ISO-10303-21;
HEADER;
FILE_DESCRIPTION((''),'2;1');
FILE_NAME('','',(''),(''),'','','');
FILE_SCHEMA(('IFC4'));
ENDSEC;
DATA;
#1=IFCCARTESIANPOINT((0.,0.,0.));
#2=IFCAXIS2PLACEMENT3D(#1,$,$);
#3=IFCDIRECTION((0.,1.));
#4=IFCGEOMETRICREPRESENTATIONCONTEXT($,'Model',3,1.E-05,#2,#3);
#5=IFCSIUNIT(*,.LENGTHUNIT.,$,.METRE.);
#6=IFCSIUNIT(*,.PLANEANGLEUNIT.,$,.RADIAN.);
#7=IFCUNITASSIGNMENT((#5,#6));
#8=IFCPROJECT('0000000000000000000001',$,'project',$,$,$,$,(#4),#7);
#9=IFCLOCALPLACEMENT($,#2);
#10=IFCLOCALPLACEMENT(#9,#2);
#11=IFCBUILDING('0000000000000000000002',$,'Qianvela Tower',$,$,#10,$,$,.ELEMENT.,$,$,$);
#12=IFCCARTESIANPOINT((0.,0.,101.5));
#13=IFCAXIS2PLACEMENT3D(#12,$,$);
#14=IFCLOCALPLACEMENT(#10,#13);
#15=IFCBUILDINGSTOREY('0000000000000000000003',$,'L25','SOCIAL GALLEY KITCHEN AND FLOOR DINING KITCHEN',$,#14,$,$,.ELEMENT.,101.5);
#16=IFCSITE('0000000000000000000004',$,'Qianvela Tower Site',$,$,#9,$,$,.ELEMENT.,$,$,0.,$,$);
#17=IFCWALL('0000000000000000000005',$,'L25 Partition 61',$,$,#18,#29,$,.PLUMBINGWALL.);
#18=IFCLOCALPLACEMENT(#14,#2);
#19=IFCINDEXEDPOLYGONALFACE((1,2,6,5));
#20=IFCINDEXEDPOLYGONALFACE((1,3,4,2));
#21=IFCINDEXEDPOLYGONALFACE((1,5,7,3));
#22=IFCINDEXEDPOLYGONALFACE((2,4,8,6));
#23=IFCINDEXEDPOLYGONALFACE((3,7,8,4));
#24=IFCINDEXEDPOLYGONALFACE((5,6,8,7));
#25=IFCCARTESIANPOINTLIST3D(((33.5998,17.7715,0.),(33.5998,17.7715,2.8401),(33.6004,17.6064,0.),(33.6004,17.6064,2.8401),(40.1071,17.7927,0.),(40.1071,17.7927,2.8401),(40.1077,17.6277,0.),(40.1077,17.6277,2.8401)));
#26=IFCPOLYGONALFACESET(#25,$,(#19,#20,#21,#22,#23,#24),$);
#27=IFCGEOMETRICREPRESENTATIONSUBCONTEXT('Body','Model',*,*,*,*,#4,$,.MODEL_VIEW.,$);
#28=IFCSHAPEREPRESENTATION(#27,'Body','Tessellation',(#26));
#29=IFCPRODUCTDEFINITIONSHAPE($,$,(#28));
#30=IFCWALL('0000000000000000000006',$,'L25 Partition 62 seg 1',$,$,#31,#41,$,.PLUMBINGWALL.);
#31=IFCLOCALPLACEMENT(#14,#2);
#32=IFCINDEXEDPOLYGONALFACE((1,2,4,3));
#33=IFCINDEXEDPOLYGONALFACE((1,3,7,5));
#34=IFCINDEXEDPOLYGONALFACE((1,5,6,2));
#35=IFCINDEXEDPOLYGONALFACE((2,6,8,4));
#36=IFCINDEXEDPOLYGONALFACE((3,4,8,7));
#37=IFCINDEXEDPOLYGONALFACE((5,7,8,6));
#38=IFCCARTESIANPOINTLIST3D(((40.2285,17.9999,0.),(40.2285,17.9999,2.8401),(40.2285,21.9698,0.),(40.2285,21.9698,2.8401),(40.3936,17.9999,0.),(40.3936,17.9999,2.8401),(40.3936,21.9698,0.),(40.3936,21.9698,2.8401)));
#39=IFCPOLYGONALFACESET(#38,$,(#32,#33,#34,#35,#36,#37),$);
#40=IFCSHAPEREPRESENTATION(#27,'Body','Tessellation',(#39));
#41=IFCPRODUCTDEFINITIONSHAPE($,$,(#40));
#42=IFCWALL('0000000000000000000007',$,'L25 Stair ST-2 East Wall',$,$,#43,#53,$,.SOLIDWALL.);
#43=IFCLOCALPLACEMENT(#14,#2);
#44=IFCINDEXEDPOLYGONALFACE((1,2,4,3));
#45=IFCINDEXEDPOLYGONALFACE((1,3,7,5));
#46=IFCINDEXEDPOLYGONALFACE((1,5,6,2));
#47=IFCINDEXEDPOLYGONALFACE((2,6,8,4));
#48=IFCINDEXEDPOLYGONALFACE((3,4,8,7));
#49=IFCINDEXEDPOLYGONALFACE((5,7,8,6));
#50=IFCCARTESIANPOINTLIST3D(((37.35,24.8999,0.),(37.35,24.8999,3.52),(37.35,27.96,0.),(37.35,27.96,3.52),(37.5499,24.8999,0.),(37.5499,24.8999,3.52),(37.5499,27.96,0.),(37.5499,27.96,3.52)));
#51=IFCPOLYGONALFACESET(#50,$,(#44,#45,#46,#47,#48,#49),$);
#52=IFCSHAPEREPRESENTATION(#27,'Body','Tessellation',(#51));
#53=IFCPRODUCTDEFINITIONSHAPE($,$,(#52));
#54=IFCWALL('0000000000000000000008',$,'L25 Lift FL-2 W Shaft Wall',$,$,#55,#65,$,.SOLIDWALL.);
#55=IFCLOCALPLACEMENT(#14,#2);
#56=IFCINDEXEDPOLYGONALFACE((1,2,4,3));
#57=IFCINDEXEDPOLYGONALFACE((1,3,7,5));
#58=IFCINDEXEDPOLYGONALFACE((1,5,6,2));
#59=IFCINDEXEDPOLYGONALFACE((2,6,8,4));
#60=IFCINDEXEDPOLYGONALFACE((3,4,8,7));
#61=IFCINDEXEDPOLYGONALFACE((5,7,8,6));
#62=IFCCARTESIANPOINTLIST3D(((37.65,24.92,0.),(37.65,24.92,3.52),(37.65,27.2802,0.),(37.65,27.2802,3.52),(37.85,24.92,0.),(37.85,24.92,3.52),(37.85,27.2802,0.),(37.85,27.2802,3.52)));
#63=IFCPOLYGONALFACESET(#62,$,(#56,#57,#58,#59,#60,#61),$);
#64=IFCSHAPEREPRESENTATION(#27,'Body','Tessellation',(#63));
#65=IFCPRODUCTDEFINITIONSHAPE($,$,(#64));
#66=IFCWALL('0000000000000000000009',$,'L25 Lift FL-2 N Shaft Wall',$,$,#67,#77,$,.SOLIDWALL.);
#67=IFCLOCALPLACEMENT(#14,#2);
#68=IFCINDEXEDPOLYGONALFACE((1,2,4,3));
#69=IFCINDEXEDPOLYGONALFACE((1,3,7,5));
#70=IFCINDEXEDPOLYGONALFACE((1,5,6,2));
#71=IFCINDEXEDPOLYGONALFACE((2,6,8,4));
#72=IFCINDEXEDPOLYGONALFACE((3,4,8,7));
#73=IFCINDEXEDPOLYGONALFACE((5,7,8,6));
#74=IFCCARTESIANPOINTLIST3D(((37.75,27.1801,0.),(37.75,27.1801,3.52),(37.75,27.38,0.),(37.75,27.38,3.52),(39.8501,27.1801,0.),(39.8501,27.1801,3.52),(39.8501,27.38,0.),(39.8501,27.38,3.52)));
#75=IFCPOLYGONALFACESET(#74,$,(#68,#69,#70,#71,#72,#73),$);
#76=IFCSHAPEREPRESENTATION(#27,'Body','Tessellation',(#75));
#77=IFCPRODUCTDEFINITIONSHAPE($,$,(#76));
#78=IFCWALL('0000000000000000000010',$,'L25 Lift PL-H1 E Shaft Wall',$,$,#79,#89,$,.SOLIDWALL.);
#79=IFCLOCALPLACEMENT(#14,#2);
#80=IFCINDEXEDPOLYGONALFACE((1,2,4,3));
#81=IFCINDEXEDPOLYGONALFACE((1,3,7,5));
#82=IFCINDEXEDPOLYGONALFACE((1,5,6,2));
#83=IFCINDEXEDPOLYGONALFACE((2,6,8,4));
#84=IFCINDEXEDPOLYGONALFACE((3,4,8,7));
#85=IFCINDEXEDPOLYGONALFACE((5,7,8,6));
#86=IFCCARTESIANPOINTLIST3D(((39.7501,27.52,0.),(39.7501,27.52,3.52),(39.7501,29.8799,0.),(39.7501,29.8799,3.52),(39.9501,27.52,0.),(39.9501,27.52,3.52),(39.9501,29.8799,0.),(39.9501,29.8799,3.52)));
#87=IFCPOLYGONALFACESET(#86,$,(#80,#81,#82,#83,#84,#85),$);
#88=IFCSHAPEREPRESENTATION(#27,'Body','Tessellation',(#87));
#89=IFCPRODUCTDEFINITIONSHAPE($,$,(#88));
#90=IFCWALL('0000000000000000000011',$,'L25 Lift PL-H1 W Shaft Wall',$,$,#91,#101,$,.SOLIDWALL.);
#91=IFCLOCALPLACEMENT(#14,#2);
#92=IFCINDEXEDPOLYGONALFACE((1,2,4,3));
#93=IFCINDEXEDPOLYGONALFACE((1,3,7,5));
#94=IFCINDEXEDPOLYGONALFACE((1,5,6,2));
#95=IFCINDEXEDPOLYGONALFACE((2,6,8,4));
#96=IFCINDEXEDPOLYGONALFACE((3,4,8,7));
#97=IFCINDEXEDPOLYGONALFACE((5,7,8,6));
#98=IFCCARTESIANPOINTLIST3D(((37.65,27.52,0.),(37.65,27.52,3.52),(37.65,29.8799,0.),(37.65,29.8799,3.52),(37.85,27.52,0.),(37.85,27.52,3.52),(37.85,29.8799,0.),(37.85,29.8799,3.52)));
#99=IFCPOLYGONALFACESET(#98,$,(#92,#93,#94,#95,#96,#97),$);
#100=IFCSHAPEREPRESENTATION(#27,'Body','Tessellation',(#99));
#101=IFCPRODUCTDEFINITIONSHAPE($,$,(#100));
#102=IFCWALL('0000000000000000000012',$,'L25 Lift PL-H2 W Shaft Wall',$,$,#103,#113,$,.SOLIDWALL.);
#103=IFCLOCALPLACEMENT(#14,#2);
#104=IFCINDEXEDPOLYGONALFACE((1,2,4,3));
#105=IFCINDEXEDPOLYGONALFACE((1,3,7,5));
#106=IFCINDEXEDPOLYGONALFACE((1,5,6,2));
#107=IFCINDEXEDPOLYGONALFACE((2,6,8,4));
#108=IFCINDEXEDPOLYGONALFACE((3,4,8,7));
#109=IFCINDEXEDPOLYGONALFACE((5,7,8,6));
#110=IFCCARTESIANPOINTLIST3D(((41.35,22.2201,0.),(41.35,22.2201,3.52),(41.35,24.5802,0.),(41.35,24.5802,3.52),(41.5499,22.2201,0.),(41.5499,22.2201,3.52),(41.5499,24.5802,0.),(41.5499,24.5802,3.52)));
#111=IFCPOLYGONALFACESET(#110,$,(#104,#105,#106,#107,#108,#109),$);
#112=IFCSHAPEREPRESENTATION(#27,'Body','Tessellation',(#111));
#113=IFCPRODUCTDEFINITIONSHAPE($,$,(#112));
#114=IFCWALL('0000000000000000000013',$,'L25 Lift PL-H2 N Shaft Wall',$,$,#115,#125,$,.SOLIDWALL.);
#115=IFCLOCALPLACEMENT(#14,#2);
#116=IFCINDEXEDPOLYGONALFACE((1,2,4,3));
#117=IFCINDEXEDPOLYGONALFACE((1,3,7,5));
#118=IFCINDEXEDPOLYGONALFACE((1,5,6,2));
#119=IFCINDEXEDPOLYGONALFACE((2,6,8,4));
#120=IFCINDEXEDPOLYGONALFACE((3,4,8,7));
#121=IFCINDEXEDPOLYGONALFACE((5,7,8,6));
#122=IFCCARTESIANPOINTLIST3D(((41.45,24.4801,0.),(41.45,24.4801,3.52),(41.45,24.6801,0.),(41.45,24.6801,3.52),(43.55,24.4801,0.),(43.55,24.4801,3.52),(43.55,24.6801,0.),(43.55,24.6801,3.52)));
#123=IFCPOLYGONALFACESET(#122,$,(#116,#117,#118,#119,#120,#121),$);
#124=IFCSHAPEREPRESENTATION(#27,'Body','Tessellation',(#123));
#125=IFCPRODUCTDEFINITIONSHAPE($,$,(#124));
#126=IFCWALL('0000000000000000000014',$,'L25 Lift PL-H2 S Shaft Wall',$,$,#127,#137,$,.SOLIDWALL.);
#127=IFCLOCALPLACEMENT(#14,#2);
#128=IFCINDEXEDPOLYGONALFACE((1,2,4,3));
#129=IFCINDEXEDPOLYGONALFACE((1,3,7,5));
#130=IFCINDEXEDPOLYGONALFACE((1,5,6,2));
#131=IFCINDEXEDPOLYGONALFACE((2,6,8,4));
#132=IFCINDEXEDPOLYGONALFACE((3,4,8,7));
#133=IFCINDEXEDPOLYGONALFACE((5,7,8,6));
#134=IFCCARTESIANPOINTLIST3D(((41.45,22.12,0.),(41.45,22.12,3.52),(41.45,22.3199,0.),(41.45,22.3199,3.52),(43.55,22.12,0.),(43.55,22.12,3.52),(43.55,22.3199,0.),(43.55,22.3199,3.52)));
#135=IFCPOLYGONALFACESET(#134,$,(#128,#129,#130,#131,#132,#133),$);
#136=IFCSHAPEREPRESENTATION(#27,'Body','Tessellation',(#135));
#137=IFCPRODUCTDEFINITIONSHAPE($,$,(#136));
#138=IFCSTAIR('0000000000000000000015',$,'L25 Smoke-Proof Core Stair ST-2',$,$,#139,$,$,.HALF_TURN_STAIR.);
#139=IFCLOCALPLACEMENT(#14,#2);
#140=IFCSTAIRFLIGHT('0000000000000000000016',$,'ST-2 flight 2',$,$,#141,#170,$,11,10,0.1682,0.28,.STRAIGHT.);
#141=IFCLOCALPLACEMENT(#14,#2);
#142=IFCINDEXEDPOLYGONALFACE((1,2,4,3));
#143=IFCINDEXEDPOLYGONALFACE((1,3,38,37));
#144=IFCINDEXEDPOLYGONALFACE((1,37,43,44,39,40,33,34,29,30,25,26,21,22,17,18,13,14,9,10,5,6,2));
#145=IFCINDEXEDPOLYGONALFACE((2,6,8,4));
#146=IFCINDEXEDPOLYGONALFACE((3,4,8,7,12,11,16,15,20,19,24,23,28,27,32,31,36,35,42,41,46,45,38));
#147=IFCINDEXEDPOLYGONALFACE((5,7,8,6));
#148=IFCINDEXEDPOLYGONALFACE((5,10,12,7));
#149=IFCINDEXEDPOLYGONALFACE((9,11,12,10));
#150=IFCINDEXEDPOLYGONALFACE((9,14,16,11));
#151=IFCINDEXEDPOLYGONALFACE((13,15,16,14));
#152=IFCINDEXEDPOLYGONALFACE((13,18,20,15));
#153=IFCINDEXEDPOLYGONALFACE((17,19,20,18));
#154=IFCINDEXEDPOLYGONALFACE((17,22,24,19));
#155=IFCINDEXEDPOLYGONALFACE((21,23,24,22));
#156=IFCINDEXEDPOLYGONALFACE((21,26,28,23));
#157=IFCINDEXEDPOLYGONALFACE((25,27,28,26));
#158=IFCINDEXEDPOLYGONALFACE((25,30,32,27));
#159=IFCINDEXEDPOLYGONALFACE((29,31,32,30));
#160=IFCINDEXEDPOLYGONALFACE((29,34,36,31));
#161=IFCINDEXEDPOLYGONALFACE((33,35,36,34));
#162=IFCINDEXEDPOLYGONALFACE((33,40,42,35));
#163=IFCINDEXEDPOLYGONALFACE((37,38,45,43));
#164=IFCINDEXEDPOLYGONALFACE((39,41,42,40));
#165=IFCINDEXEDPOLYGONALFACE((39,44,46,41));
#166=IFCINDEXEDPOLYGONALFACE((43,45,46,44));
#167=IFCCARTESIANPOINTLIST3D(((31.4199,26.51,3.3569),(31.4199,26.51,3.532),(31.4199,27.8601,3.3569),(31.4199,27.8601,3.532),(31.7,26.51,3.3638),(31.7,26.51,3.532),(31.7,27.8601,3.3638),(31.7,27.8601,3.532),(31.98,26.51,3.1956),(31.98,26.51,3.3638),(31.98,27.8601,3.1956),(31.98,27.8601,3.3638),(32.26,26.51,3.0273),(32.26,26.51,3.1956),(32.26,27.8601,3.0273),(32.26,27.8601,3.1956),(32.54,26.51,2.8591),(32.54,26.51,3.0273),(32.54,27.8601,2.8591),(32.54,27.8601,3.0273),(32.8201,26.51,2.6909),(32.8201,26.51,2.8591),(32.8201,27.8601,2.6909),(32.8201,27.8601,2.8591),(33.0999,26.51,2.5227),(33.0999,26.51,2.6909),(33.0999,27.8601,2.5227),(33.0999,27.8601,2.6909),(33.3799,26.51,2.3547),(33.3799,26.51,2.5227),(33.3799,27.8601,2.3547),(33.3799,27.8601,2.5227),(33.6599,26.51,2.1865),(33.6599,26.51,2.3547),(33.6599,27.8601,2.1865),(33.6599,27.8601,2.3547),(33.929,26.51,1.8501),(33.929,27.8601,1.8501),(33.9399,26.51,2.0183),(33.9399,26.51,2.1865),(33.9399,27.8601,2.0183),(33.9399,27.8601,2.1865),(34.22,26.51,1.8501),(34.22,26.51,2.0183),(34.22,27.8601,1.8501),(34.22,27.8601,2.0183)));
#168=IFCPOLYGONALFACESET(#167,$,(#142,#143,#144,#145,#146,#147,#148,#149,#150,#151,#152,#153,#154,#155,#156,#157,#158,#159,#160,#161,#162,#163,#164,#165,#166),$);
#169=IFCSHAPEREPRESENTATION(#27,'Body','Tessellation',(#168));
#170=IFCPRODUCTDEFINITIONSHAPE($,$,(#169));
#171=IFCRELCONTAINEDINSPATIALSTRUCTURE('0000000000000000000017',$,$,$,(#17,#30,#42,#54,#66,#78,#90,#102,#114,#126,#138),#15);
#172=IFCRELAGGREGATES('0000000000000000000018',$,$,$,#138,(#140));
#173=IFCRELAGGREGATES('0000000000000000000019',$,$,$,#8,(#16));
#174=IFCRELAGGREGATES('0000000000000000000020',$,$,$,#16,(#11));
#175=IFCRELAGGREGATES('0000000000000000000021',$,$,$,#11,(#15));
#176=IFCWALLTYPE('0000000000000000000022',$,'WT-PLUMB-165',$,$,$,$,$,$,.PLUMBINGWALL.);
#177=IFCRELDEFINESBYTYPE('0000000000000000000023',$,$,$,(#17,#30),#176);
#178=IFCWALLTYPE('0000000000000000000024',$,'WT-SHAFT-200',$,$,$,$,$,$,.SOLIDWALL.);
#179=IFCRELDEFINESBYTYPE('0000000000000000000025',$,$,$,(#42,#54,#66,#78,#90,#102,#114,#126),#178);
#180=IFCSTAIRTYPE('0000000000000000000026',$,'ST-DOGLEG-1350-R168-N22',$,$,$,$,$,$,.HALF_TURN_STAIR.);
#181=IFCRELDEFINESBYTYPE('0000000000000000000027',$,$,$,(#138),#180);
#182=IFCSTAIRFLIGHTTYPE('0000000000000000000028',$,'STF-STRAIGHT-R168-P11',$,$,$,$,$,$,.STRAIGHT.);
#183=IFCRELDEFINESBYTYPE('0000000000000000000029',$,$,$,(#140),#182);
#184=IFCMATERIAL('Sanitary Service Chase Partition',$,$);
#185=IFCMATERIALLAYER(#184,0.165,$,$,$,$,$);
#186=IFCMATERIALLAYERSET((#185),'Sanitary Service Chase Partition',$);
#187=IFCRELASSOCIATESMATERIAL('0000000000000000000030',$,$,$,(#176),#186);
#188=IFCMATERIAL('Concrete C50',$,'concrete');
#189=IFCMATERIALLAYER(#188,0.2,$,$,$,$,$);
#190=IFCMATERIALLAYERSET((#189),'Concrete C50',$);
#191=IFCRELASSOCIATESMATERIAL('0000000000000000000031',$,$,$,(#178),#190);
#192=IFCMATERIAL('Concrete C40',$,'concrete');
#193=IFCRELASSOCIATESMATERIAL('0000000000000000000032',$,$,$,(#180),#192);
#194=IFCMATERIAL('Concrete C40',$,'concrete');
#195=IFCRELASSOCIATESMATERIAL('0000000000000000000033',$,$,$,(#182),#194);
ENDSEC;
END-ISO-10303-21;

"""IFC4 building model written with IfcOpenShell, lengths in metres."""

from ifc_helpers import new_model, si_unit, direction, frame, frame_2d, origin, place, context, subcontext, project, spatial, polyline, rectangle, outline, extrude, material, layer, layer_set, type_object, element, aggregate, save


model = new_model("IFC4")

# Units and contexts
model_context = context("Model", 3, precision=1e-05, world=origin(), true_north=direction((0.0, 1.0)))
body_context = subcontext(model_context, "Body", "Model", "MODEL_VIEW")
ifc_project = project(units=[si_unit("LENGTHUNIT", "METRE"), si_unit("PLANEANGLEUNIT", "RADIAN")], contexts=[model_context])

# Site, building, storey
site_placement = place(None, origin())
site = spatial("IfcSite", under=ifc_project, at=site_placement, Name="Qianvela Tower Site", CompositionType="ELEMENT", RefElevation=0.0)
building_placement = place(site_placement, origin())
building = spatial("IfcBuilding", under=site, at=building_placement, Name="Qianvela Tower", CompositionType="ELEMENT")
storey_placement = place(building_placement, frame((0.0, 0.0, 101.5)))
storey = spatial("IfcBuildingStorey", under=building, at=storey_placement, Name="L25", Description="SOCIAL GALLEY KITCHEN AND FLOOR DINING KITCHEN", CompositionType="ELEMENT", Elevation=101.5)

# Walls
ifc_material_1 = material(Name="Sanitary Service Chase Partition")
ifc_layer_1 = layer(ifc_material_1, 0.165)
ifc_layer_set_1 = layer_set([ifc_layer_1], Name="Sanitary Service Chase Partition")
wall_type_1 = type_object("IfcWallType", Name="WT-PLUMB-165", PredefinedType="PLUMBINGWALL", material=ifc_layer_set_1)
wall_1_placement = place(storey_placement, frame((33.6001, 17.689, 0.0), z_axis=(0.0, 0.0, 1.0), x_axis=(0.999995, 0.003264, 0.0)))
element("IfcWall", 1, at=wall_1_placement, inside=storey, type_object=wall_type_1, Name="L25 Partition 61", PredefinedType="PLUMBINGWALL", context=body_context, shape_type="SweptSolid", body=[
    extrude(rectangle(XDim=6.5073, YDim=0.165, at=frame_2d((3.2537, 0.0))), origin(), (0.0, 0.0, 1.0), 2.8401),
])
wall_2_placement = place(storey_placement, frame((40.311, 18.0, 0.0), z_axis=(0.0, 0.0, 1.0), x_axis=(0.0, 1.0, 0.0)))
element("IfcWall", 2, at=wall_2_placement, inside=storey, type_object=wall_type_1, Name="L25 Partition 62 seg 1", PredefinedType="PLUMBINGWALL", context=body_context, shape_type="SweptSolid", body=[
    extrude(rectangle(XDim=3.97, YDim=0.165, at=frame_2d((1.9849, 0.0))), origin(), (0.0, 0.0, 1.0), 2.8401),
])
ifc_material_2 = material(Name="Concrete C50", Category="concrete")
ifc_layer_2 = layer(ifc_material_2, 0.2)
ifc_layer_set_2 = layer_set([ifc_layer_2], Name="Concrete C50")
wall_type_2 = type_object("IfcWallType", Name="WT-SHAFT-200", PredefinedType="SOLIDWALL", material=ifc_layer_set_2)
wall_3_placement = place(storey_placement, frame((37.45, 24.8999, 0.0), z_axis=(0.0, 0.0, 1.0), x_axis=(0.0, 1.0, 0.0)))
element("IfcWall", 3, at=wall_3_placement, inside=storey, type_object=wall_type_2, Name="L25 Stair ST-2 East Wall", PredefinedType="SOLIDWALL", context=body_context, shape_type="SweptSolid", body=[
    extrude(rectangle(XDim=3.0601, YDim=0.2, at=frame_2d((1.53, 0.0))), origin(), (0.0, 0.0, 1.0), 3.52),
])

# Walls
wall_4_placement = place(storey_placement, frame((37.75, 24.9199, 0.0), z_axis=(0.0, 0.0, 1.0), x_axis=(0.0, 1.0, 0.0)))
element("IfcWall", 4, at=wall_4_placement, inside=storey, type_object=wall_type_2, Name="L25 Lift FL-2 W Shaft Wall", PredefinedType="SOLIDWALL", context=body_context, shape_type="SweptSolid", body=[
    extrude(rectangle(XDim=2.3601, YDim=0.2, at=frame_2d((1.1802, 0.0))), origin(), (0.0, 0.0, 1.0), 3.52),
])
wall_5_placement = place(storey_placement, frame((37.75, 27.28, 0.0), z_axis=(0.0, 0.0, 1.0), x_axis=(1.0, 0.0, 0.0)))
element("IfcWall", 5, at=wall_5_placement, inside=storey, type_object=wall_type_2, Name="L25 Lift FL-2 N Shaft Wall", PredefinedType="SOLIDWALL", context=body_context, shape_type="SweptSolid", body=[
    extrude(rectangle(XDim=2.1001, YDim=0.2, at=frame_2d((1.05, 0.0))), origin(), (0.0, 0.0, 1.0), 3.52),
])
for number, where, z_axis, x_axis, name in (
    (6, (39.8501, 27.52, 0.0), (0.0, 0.0, 1.0), (0.0, 1.0, 0.0), "L25 Lift PL-H1 E Shaft Wall"),
    (7, (37.75, 27.52, 0.0), (0.0, 0.0, 1.0), (0.0, 1.0, 0.0), "L25 Lift PL-H1 W Shaft Wall"),
):
    element("IfcWall", number, at=place(storey_placement, frame(where, z_axis=z_axis, x_axis=x_axis)), inside=storey, type_object=wall_type_2, Name=name, PredefinedType="SOLIDWALL", context=body_context, shape_type="SweptSolid", body=[
        extrude(rectangle(XDim=2.3599, YDim=0.2, at=frame_2d((1.1799, 0.0))), origin(), (0.0, 0.0, 1.0), 3.52),
    ])
wall_6_placement = place(storey_placement, frame((41.45, 22.22, 0.0), z_axis=(0.0, 0.0, 1.0), x_axis=(0.0, 1.0, 0.0)))
element("IfcWall", 8, at=wall_6_placement, inside=storey, type_object=wall_type_2, Name="L25 Lift PL-H2 W Shaft Wall", PredefinedType="SOLIDWALL", context=body_context, shape_type="SweptSolid", body=[
    extrude(rectangle(XDim=2.3601, YDim=0.2, at=frame_2d((1.1802, 0.0))), origin(), (0.0, 0.0, 1.0), 3.52),
])
for number, where, z_axis, x_axis, name in (
    (9, (41.45, 24.5801, 0.0), (0.0, 0.0, 1.0), (1.0, 0.0, 0.0), "L25 Lift PL-H2 N Shaft Wall"),
    (10, (41.45, 22.22, 0.0), (0.0, 0.0, 1.0), (1.0, 0.0, 0.0), "L25 Lift PL-H2 S Shaft Wall"),
):
    element("IfcWall", number, at=place(storey_placement, frame(where, z_axis=z_axis, x_axis=x_axis)), inside=storey, type_object=wall_type_2, Name=name, PredefinedType="SOLIDWALL", context=body_context, shape_type="SweptSolid", body=[
        extrude(rectangle(XDim=2.1001, YDim=0.2, at=frame_2d((1.05, 0.0))), origin(), (0.0, 0.0, 1.0), 3.52),
    ])

# Stair, stair flight
ifc_material_3 = material(Name="Concrete C40", Category="concrete")
stair_type = type_object("IfcStairType", Name="ST-DOGLEG-1350-R168-N22", PredefinedType="HALF_TURN_STAIR", material=ifc_material_3)
stair_placement = place(storey_placement, origin())
stair = element("IfcStair", 11, at=stair_placement, inside=storey, type_object=stair_type, Name="L25 Smoke-Proof Core Stair ST-2", PredefinedType="HALF_TURN_STAIR")
ifc_material_4 = material(Name="Concrete C40", Category="concrete")
stair_flight_type = type_object("IfcStairFlightType", Name="STF-STRAIGHT-R168-P11", PredefinedType="STRAIGHT", material=ifc_material_4)
stair_flight_placement = place(storey_placement, frame((34.22, 27.1851, 1.8501), z_axis=(0.0, 0.0, 1.0), x_axis=(-1.0, 0.0, 0.0)))
stair_flight = element("IfcStairFlight", 12, at=stair_flight_placement, type_object=stair_flight_type, Name="ST-2 flight 2", NumberOfRisers=11, NumberOfTreads=10, PredefinedType="STRAIGHT", RiserHeight=0.1682, TreadLength=0.28, context=body_context, shape_type="SweptSolid", body=[
    extrude(outline(polyline([(0.0, 0.0), (0.0, 0.1682), (0.28, 0.1682), (0.28, 0.3364), (0.5601, 0.3364), (0.5601, 0.5046), (0.8401, 0.5046), (0.8401, 0.6726), (1.1201, 0.6726), (1.1201, 0.8408), (1.3999, 0.8408), (1.3999, 1.009), (1.6799, 1.009), (1.6799, 1.1772), (1.96, 1.1772), (1.96, 1.3455), (2.24, 1.3455), (2.24, 1.5137), (2.52, 1.5137), (2.52, 1.6819), (2.8, 1.6819), (2.8, 1.8501), (2.8, 1.5068), (0.291, 0.0), (0.0, 0.0)])), frame((0.0, 0.675, 0.0), z_axis=(0.0, -1.0, 0.0), x_axis=(1.0, 0.0, 0.0)), (0.0, 0.0, 1.0), 1.3501),
])
aggregate(stair, [stair_flight])

save(model, "model.ifc")
